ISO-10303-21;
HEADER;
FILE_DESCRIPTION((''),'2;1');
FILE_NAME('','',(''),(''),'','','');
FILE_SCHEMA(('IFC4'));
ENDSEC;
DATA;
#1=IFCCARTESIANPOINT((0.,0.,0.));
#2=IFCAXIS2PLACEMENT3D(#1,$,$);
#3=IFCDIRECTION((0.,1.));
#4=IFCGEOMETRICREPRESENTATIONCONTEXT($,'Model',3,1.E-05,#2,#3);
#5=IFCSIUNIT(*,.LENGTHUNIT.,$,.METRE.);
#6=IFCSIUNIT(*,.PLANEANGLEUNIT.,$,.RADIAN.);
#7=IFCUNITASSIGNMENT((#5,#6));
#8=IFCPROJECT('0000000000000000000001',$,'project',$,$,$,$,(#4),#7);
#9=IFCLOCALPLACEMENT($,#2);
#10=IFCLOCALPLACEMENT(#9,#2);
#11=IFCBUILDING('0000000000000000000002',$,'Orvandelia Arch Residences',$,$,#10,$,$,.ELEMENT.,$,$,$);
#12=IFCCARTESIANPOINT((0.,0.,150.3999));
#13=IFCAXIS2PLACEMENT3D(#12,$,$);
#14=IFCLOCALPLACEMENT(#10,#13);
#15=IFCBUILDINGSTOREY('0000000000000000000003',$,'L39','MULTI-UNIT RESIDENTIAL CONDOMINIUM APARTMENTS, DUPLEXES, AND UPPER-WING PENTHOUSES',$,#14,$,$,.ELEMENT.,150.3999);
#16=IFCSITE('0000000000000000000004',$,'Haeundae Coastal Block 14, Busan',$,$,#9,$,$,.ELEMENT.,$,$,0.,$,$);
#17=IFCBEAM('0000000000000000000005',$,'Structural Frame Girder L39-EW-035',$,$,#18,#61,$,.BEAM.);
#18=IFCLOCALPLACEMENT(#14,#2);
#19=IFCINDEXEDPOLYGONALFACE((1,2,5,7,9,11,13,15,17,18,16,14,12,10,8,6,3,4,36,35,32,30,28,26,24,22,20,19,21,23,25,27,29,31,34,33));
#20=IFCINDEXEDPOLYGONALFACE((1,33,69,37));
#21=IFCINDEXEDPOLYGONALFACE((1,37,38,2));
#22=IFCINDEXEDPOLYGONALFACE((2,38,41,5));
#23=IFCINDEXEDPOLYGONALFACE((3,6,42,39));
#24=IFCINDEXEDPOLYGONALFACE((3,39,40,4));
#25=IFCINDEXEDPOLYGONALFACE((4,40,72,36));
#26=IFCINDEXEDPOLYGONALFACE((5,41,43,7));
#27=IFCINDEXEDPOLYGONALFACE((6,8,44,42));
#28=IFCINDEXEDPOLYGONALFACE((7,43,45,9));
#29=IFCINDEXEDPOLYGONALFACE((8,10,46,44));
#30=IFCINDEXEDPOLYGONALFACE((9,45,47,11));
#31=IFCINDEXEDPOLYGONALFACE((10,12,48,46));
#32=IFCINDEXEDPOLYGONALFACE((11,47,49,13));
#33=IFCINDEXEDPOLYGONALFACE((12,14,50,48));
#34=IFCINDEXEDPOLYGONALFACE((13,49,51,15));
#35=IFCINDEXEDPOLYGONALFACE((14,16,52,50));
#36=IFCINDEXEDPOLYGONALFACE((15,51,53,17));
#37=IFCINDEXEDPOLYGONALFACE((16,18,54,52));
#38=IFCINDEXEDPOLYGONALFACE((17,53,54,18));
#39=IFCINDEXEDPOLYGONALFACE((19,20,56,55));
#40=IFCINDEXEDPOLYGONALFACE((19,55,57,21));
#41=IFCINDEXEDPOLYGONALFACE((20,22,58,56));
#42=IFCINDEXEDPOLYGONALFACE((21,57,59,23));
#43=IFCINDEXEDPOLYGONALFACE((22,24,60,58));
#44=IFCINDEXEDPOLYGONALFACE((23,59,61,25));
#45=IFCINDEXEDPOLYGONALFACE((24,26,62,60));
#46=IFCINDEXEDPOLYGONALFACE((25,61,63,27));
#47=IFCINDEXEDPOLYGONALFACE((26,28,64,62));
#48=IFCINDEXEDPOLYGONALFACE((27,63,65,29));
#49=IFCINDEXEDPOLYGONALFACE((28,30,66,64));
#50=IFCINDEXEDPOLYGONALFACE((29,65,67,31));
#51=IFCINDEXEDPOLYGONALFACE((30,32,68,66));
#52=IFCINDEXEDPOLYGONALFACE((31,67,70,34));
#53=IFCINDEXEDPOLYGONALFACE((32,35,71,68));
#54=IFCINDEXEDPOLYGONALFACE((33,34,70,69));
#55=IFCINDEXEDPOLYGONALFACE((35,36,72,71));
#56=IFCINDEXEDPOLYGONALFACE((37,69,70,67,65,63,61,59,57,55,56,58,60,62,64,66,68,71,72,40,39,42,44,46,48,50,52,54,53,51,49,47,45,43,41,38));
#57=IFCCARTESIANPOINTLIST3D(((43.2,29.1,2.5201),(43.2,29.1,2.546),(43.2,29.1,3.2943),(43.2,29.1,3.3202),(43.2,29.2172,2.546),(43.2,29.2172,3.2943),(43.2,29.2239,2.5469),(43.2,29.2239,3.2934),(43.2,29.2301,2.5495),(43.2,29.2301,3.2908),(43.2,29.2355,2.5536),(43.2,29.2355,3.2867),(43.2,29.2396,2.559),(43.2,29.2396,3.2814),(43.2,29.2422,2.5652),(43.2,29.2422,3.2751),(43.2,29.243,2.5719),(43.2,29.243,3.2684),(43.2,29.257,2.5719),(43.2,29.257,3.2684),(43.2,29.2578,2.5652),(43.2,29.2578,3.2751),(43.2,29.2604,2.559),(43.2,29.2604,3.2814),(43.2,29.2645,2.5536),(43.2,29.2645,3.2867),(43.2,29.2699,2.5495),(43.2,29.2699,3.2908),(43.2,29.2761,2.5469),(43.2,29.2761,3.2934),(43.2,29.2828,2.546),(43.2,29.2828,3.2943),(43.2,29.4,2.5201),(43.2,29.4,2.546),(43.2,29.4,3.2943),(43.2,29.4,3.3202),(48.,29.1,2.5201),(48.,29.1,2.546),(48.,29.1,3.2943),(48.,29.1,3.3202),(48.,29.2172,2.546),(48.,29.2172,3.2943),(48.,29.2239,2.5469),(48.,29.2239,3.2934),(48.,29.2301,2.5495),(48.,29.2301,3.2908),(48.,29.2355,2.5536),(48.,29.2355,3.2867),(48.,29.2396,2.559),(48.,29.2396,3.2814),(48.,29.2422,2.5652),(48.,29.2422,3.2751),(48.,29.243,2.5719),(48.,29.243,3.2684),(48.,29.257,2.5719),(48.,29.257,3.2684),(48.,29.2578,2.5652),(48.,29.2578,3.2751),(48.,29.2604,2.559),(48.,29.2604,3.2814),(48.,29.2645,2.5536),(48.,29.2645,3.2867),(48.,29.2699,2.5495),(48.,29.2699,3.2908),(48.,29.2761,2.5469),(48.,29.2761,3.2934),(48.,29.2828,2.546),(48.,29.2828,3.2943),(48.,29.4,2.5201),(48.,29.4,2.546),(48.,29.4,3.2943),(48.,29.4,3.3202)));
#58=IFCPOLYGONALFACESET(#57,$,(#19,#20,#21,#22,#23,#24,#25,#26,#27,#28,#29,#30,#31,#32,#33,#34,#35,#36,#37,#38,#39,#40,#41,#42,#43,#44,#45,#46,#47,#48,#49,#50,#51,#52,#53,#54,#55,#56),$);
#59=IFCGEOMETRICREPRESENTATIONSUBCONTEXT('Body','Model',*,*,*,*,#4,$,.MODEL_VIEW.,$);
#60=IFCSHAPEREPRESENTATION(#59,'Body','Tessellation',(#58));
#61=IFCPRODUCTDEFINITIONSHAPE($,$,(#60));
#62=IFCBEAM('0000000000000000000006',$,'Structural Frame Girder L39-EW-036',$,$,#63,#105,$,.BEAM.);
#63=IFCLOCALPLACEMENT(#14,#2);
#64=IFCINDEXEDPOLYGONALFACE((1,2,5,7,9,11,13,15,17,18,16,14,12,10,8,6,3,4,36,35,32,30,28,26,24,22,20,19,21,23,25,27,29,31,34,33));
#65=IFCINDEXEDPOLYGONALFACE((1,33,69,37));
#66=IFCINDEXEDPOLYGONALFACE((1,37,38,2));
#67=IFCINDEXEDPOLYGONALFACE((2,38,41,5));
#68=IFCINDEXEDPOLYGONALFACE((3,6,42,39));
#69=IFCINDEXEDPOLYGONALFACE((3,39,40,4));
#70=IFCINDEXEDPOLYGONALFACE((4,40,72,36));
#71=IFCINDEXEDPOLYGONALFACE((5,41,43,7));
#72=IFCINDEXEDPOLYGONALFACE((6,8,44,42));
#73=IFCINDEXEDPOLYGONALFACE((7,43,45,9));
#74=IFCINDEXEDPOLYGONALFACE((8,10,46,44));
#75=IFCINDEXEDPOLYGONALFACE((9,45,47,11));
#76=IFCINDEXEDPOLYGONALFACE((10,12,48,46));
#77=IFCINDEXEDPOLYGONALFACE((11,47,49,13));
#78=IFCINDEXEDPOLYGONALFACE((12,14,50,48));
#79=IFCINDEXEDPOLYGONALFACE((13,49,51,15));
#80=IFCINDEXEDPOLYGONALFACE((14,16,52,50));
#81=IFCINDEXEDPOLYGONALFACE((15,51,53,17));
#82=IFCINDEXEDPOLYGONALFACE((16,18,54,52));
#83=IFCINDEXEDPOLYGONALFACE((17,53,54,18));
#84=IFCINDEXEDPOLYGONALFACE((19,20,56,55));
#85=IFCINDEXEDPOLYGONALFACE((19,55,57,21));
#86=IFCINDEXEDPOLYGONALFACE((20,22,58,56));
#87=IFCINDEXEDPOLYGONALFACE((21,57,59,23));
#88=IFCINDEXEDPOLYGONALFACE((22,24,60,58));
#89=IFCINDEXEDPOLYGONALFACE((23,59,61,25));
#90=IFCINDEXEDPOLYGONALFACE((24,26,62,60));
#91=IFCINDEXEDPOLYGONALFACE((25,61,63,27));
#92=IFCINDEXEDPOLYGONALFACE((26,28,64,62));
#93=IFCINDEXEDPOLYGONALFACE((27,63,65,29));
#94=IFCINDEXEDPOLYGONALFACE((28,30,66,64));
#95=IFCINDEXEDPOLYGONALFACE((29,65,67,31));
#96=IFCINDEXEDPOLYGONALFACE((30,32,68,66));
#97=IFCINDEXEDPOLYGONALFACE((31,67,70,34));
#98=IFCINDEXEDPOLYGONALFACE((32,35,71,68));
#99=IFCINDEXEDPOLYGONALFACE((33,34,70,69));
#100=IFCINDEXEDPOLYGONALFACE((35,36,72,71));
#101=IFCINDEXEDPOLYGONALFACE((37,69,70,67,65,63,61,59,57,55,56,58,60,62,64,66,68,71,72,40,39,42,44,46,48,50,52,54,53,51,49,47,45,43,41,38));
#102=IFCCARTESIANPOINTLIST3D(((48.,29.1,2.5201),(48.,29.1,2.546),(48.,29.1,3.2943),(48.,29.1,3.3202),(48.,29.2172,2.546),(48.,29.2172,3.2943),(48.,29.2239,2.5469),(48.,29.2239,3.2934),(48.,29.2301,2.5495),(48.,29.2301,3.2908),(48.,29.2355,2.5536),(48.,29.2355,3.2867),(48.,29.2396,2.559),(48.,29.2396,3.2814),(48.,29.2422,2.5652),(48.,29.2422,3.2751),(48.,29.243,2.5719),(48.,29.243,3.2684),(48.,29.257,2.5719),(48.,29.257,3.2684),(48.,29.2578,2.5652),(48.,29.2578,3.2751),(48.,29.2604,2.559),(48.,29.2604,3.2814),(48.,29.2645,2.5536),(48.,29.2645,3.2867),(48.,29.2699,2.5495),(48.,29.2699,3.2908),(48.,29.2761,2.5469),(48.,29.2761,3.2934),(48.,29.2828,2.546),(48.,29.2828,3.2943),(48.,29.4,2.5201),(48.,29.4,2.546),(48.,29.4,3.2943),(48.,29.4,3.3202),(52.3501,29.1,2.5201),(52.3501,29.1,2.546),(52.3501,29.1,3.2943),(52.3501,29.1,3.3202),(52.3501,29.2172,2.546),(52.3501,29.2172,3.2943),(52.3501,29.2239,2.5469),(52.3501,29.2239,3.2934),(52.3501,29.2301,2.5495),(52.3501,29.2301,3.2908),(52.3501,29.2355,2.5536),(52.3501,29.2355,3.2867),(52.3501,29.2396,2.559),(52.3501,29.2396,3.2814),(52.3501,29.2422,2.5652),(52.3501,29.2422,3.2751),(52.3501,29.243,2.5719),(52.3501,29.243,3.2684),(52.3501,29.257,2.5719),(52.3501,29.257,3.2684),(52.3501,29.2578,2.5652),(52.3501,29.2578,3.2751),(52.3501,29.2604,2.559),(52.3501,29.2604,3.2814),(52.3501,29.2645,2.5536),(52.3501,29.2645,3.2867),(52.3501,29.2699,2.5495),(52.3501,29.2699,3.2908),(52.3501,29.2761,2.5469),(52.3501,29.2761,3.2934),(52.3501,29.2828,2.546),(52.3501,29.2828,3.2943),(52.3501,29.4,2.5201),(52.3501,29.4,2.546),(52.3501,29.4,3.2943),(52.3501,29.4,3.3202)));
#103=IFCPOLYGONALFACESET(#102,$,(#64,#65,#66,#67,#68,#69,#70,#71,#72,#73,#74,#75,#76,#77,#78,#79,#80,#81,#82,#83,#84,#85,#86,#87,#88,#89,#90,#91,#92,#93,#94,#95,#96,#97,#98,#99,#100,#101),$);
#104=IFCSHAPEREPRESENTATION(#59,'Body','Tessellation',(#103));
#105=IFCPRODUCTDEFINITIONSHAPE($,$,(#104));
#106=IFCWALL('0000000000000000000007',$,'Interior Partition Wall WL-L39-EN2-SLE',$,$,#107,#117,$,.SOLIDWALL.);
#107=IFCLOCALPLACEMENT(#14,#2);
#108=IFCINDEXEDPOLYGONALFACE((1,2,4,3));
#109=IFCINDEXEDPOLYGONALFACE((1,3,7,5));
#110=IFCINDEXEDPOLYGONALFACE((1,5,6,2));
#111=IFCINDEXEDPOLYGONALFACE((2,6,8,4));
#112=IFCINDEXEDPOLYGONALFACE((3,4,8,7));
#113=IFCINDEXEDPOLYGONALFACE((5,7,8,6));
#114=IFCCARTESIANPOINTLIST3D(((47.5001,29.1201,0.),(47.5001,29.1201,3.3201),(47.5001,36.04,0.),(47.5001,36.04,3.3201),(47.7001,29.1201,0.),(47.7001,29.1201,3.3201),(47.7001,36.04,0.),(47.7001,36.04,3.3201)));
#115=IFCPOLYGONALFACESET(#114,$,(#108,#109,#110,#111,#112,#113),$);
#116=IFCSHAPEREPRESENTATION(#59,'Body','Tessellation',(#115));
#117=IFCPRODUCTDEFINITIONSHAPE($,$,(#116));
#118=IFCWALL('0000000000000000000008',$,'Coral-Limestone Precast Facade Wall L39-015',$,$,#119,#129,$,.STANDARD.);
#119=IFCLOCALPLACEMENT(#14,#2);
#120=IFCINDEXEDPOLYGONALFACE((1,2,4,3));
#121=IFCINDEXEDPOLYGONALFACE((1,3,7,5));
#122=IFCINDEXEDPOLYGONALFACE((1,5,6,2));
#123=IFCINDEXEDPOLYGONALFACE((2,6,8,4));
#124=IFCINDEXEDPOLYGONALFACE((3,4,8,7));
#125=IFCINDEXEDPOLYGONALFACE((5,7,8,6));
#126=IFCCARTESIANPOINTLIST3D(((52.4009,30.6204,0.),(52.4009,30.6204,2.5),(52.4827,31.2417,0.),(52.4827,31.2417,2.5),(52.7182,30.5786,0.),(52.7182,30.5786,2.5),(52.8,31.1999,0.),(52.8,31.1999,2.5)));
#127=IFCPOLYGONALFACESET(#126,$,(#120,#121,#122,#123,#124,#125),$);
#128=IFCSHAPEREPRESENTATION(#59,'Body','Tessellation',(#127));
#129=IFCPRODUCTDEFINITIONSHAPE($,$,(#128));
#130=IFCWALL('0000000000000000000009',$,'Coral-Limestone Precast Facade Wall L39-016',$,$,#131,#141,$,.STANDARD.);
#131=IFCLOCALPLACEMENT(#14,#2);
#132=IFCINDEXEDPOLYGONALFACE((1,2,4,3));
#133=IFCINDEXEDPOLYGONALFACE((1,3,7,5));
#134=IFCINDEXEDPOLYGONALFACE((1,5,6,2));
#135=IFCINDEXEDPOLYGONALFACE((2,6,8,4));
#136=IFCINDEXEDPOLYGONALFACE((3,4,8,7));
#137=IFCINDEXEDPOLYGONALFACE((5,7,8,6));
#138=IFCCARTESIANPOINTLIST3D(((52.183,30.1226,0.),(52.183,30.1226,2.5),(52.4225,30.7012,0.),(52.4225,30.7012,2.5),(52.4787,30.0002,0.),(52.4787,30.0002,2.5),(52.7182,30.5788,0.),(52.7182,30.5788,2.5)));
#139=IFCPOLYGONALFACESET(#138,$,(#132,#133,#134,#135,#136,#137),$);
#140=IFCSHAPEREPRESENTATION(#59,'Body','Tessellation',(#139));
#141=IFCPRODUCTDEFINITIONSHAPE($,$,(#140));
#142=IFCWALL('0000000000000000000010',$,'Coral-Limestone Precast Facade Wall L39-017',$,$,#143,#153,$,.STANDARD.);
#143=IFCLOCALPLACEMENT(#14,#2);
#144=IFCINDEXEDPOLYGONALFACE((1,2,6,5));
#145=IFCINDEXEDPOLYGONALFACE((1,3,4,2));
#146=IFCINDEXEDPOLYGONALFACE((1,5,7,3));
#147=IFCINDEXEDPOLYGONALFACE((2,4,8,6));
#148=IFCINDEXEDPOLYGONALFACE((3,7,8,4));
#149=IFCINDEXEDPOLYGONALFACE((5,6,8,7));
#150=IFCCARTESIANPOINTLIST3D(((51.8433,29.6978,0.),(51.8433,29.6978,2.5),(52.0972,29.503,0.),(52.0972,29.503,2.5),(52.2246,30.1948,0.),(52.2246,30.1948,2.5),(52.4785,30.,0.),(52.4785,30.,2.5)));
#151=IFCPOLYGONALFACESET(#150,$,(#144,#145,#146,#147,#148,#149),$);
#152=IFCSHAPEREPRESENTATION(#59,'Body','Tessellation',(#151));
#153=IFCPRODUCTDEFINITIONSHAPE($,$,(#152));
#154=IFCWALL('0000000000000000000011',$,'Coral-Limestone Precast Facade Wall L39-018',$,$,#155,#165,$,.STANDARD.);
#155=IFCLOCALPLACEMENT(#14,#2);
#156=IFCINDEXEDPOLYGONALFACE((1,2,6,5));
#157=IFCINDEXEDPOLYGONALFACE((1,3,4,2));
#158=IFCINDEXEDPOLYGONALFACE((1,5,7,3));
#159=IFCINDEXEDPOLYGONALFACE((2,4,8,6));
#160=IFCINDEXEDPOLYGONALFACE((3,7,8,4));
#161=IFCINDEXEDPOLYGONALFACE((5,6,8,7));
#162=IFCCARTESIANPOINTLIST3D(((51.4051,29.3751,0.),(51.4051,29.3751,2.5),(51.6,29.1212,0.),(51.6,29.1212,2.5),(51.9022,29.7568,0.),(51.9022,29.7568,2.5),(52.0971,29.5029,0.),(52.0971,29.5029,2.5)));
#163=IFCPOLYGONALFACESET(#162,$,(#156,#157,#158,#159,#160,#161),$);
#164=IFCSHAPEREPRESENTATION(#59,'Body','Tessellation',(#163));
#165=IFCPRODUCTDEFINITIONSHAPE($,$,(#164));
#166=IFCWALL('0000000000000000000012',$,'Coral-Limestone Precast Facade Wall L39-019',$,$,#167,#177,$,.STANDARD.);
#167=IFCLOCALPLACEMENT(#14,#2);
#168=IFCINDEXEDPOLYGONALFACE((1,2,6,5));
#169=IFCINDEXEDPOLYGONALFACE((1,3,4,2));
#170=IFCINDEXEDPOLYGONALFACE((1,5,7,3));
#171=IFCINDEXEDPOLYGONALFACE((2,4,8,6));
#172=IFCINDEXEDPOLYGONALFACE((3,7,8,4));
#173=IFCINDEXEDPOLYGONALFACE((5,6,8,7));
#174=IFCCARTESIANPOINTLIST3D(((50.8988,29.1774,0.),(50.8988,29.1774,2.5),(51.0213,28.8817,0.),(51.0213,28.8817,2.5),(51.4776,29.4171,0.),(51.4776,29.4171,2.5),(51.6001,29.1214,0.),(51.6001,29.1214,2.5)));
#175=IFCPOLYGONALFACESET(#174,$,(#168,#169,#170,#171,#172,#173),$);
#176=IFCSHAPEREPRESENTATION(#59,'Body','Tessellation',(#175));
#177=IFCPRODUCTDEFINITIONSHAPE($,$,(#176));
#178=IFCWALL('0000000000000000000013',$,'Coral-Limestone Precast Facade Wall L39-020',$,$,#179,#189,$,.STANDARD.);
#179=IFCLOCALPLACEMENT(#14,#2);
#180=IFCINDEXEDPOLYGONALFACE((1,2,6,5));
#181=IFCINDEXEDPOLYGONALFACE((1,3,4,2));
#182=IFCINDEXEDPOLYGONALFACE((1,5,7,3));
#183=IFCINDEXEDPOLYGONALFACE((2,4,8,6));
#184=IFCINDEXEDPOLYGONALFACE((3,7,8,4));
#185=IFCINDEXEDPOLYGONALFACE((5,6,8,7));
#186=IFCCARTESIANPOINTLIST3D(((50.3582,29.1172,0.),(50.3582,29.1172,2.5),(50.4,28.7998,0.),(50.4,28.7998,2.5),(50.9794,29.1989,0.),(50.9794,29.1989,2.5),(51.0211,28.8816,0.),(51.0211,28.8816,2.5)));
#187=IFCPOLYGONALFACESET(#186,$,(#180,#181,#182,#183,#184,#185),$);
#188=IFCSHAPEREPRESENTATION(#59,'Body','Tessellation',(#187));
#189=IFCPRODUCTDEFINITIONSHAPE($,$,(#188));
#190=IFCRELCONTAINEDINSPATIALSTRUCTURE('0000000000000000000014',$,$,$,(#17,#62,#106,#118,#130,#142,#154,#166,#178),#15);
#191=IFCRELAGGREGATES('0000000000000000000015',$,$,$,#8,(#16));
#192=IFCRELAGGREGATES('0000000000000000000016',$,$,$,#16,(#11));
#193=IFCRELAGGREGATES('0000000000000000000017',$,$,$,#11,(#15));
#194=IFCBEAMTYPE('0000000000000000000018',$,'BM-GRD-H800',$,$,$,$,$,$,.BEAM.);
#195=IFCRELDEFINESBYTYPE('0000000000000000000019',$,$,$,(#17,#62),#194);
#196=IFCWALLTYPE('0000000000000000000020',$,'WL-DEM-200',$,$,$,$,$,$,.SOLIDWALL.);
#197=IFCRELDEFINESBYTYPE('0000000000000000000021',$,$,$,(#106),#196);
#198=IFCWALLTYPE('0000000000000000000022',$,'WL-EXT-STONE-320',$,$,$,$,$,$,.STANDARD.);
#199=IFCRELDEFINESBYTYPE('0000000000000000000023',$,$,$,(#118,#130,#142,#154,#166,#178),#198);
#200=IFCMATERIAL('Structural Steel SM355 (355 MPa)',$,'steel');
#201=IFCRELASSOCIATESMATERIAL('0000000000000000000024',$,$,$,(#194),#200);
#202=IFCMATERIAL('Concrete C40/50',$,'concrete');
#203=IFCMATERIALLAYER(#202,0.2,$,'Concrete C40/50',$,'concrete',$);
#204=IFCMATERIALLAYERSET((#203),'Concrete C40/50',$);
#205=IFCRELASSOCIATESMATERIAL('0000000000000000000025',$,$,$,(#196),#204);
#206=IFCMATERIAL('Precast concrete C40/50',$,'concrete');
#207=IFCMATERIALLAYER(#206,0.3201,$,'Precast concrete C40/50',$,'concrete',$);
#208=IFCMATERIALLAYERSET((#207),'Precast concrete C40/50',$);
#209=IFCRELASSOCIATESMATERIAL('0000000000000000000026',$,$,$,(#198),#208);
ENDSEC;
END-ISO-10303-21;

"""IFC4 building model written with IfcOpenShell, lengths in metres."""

from ifc_helpers import new_model, si_unit, direction, frame, frame_2d, origin, origin_2d, place, context, subcontext, project, spatial, rectangle, i_section, extrude, material, layer, layer_set, material_profile, profile_set, type_object, element, save


model = new_model("IFC4")

# Units and contexts
model_context = context("Model", 3, precision=1e-05, world=origin(), true_north=direction((0.0, 1.0)))
body_context = subcontext(model_context, "Body", "Model", "MODEL_VIEW")
ifc_project = project(units=[si_unit("LENGTHUNIT", "METRE"), si_unit("PLANEANGLEUNIT", "RADIAN")], contexts=[model_context])

# Site, building, storey
site_placement = place(None, origin())
site = spatial("IfcSite", under=ifc_project, at=site_placement, Name="Haeundae Coastal Block 14, Busan", CompositionType="ELEMENT", RefElevation=0.0)
building_placement = place(site_placement, origin())
building = spatial("IfcBuilding", under=site, at=building_placement, Name="Orvandelia Arch Residences", CompositionType="ELEMENT")
storey_placement = place(building_placement, frame((0.0, 0.0, 150.3999)))
storey = spatial("IfcBuildingStorey", under=building, at=storey_placement, Name="L39", Description="MULTI-UNIT RESIDENTIAL CONDOMINIUM APARTMENTS, DUPLEXES, AND UPPER-WING PENTHOUSES", CompositionType="ELEMENT", Elevation=150.3999)

# Beams
ifc_material_1 = material(Name="Structural Steel SM355 (355 MPa)", Category="steel")
ifc_material_profile_1 = material_profile(ifc_material_1, i_section(OverallWidth=0.3, OverallDepth=0.8, WebThickness=0.0139, FlangeThickness=0.0259, FilletRadius=0.0259, at=origin_2d()), Name="Structural Steel SM355 (355 MPa)", Category="steel")
ifc_profile_set_1 = profile_set([ifc_material_profile_1], Name="Structural Steel SM355 (355 MPa)")
beam_type = type_object("IfcBeamType", Name="BM-GRD-H800", PredefinedType="BEAM", material=ifc_profile_set_1)
beam_1_placement = place(storey_placement, frame((43.2, 29.25, 2.9202), z_axis=(1.0, 0.0, 0.0), x_axis=(0.0, 1.0, 0.0)))
element("IfcBeam", 1, at=beam_1_placement, inside=storey, type_object=beam_type, Name="Structural Frame Girder L39-EW-035", PredefinedType="BEAM", context=body_context, shape_type="SweptSolid", body=[
    extrude(i_section(OverallWidth=0.3, OverallDepth=0.8, WebThickness=0.0139, FlangeThickness=0.0259, FilletRadius=0.0259, at=origin_2d()), origin(), (0.0, 0.0, 1.0), 4.8),
])
beam_2_placement = place(storey_placement, frame((48.0, 29.25, 2.9202), z_axis=(1.0, 0.0, 0.0), x_axis=(0.0, 1.0, 0.0)))
element("IfcBeam", 2, at=beam_2_placement, inside=storey, type_object=beam_type, Name="Structural Frame Girder L39-EW-036", PredefinedType="BEAM", context=body_context, shape_type="SweptSolid", body=[
    extrude(i_section(OverallWidth=0.3, OverallDepth=0.8, WebThickness=0.0139, FlangeThickness=0.0259, FilletRadius=0.0259, at=origin_2d()), origin(), (0.0, 0.0, 1.0), 4.3501),
])

# Walls
ifc_material_2 = material(Name="Concrete C40/50", Category="concrete")
ifc_layer_1 = layer(ifc_material_2, 0.2, Name="Concrete C40/50", Category="concrete")
ifc_layer_set_1 = layer_set([ifc_layer_1], Name="Concrete C40/50")
wall_type_1 = type_object("IfcWallType", Name="WL-DEM-200", PredefinedType="SOLIDWALL", material=ifc_layer_set_1)
wall_1_placement = place(storey_placement, frame((47.6001, 29.1201, 0.0), z_axis=(0.0, 0.0, 1.0), x_axis=(0.0, 1.0, 0.0)))
element("IfcWall", 3, at=wall_1_placement, inside=storey, type_object=wall_type_1, Name="Interior Partition Wall WL-L39-EN2-SLE", PredefinedType="SOLIDWALL", context=body_context, shape_type="SweptSolid", body=[
    extrude(rectangle(XDim=6.9199, YDim=0.2, at=frame_2d((3.46, 0.0))), origin(), (0.0, 0.0, 1.0), 3.3201),
])
ifc_material_3 = material(Name="Precast concrete C40/50", Category="concrete")
ifc_layer_2 = layer(ifc_material_3, 0.3201, Name="Precast concrete C40/50", Category="concrete")
ifc_layer_set_2 = layer_set([ifc_layer_2], Name="Precast concrete C40/50")
wall_type_2 = type_object("IfcWallType", Name="WL-EXT-STONE-320", PredefinedType="STANDARD", material=ifc_layer_set_2)
wall_2_placement = place(storey_placement, frame((52.6414, 31.2209, 0.0), z_axis=(0.0, 0.0, 1.0), x_axis=(-0.130505, -0.991448, 0.0)))
element("IfcWall", 4, at=wall_2_placement, inside=storey, type_object=wall_type_2, Name="Coral-Limestone Precast Facade Wall L39-015", PredefinedType="STANDARD", context=body_context, shape_type="SweptSolid", body=[
    extrude(rectangle(XDim=0.6267, YDim=0.3201, at=frame_2d((0.3135, 0.0))), origin(), (0.0, 0.0, 1.0), 2.5),
])
wall_3_placement = place(storey_placement, frame((52.5703, 30.6399, 0.0), z_axis=(0.0, 0.0, 1.0), x_axis=(-0.382455, -0.923974, 0.0)))
element("IfcWall", 5, at=wall_3_placement, inside=storey, type_object=wall_type_2, Name="Coral-Limestone Precast Facade Wall L39-016", PredefinedType="STANDARD", context=body_context, shape_type="SweptSolid", body=[
    extrude(rectangle(XDim=0.6262, YDim=0.3201, at=frame_2d((0.313, 0.0))), origin(), (0.0, 0.0, 1.0), 2.5),
])
wall_4_placement = place(storey_placement, frame((52.3516, 30.0974, 0.0), z_axis=(0.0, 0.0, 1.0), x_axis=(-0.608693, -0.793406, 0.0)))
element("IfcWall", 6, at=wall_4_placement, inside=storey, type_object=wall_type_2, Name="Coral-Limestone Precast Facade Wall L39-017", PredefinedType="STANDARD", context=body_context, shape_type="SweptSolid", body=[
    extrude(rectangle(XDim=0.6265, YDim=0.3201, at=frame_2d((0.3132, 0.0))), origin(), (0.0, 0.0, 1.0), 2.5),
])
wall_5_placement = place(storey_placement, frame((51.9998, 29.6299, 0.0), z_axis=(0.0, 0.0, 1.0), x_axis=(-0.793217, -0.608939, 0.0)))
element("IfcWall", 7, at=wall_5_placement, inside=storey, type_object=wall_type_2, Name="Coral-Limestone Precast Facade Wall L39-018", PredefinedType="STANDARD", context=body_context, shape_type="SweptSolid", body=[
    extrude(rectangle(XDim=0.6267, YDim=0.3201, at=frame_2d((0.3135, 0.0))), origin(), (0.0, 0.0, 1.0), 2.5),
])
for number, where, z_axis, x_axis, name in (
    (8, (51.5388, 29.2693, 0.0), (0.0, 0.0, 1.0), (-0.923893, -0.38265, 0.0), "Coral-Limestone Precast Facade Wall L39-019"),
    (9, (51.0002, 29.0403, 0.0), (0.0, 0.0, 1.0), (-0.991441, -0.130555, 0.0), "Coral-Limestone Precast Facade Wall L39-020"),
):
    element("IfcWall", number, at=place(storey_placement, frame(where, z_axis=z_axis, x_axis=x_axis)), inside=storey, type_object=wall_type_2, Name=name, PredefinedType="STANDARD", context=body_context, shape_type="SweptSolid", body=[
        extrude(rectangle(XDim=0.6265, YDim=0.3201, at=frame_2d((0.3132, 0.0))), origin(), (0.0, 0.0, 1.0), 2.5),
    ])

save(model, "model.ifc")
